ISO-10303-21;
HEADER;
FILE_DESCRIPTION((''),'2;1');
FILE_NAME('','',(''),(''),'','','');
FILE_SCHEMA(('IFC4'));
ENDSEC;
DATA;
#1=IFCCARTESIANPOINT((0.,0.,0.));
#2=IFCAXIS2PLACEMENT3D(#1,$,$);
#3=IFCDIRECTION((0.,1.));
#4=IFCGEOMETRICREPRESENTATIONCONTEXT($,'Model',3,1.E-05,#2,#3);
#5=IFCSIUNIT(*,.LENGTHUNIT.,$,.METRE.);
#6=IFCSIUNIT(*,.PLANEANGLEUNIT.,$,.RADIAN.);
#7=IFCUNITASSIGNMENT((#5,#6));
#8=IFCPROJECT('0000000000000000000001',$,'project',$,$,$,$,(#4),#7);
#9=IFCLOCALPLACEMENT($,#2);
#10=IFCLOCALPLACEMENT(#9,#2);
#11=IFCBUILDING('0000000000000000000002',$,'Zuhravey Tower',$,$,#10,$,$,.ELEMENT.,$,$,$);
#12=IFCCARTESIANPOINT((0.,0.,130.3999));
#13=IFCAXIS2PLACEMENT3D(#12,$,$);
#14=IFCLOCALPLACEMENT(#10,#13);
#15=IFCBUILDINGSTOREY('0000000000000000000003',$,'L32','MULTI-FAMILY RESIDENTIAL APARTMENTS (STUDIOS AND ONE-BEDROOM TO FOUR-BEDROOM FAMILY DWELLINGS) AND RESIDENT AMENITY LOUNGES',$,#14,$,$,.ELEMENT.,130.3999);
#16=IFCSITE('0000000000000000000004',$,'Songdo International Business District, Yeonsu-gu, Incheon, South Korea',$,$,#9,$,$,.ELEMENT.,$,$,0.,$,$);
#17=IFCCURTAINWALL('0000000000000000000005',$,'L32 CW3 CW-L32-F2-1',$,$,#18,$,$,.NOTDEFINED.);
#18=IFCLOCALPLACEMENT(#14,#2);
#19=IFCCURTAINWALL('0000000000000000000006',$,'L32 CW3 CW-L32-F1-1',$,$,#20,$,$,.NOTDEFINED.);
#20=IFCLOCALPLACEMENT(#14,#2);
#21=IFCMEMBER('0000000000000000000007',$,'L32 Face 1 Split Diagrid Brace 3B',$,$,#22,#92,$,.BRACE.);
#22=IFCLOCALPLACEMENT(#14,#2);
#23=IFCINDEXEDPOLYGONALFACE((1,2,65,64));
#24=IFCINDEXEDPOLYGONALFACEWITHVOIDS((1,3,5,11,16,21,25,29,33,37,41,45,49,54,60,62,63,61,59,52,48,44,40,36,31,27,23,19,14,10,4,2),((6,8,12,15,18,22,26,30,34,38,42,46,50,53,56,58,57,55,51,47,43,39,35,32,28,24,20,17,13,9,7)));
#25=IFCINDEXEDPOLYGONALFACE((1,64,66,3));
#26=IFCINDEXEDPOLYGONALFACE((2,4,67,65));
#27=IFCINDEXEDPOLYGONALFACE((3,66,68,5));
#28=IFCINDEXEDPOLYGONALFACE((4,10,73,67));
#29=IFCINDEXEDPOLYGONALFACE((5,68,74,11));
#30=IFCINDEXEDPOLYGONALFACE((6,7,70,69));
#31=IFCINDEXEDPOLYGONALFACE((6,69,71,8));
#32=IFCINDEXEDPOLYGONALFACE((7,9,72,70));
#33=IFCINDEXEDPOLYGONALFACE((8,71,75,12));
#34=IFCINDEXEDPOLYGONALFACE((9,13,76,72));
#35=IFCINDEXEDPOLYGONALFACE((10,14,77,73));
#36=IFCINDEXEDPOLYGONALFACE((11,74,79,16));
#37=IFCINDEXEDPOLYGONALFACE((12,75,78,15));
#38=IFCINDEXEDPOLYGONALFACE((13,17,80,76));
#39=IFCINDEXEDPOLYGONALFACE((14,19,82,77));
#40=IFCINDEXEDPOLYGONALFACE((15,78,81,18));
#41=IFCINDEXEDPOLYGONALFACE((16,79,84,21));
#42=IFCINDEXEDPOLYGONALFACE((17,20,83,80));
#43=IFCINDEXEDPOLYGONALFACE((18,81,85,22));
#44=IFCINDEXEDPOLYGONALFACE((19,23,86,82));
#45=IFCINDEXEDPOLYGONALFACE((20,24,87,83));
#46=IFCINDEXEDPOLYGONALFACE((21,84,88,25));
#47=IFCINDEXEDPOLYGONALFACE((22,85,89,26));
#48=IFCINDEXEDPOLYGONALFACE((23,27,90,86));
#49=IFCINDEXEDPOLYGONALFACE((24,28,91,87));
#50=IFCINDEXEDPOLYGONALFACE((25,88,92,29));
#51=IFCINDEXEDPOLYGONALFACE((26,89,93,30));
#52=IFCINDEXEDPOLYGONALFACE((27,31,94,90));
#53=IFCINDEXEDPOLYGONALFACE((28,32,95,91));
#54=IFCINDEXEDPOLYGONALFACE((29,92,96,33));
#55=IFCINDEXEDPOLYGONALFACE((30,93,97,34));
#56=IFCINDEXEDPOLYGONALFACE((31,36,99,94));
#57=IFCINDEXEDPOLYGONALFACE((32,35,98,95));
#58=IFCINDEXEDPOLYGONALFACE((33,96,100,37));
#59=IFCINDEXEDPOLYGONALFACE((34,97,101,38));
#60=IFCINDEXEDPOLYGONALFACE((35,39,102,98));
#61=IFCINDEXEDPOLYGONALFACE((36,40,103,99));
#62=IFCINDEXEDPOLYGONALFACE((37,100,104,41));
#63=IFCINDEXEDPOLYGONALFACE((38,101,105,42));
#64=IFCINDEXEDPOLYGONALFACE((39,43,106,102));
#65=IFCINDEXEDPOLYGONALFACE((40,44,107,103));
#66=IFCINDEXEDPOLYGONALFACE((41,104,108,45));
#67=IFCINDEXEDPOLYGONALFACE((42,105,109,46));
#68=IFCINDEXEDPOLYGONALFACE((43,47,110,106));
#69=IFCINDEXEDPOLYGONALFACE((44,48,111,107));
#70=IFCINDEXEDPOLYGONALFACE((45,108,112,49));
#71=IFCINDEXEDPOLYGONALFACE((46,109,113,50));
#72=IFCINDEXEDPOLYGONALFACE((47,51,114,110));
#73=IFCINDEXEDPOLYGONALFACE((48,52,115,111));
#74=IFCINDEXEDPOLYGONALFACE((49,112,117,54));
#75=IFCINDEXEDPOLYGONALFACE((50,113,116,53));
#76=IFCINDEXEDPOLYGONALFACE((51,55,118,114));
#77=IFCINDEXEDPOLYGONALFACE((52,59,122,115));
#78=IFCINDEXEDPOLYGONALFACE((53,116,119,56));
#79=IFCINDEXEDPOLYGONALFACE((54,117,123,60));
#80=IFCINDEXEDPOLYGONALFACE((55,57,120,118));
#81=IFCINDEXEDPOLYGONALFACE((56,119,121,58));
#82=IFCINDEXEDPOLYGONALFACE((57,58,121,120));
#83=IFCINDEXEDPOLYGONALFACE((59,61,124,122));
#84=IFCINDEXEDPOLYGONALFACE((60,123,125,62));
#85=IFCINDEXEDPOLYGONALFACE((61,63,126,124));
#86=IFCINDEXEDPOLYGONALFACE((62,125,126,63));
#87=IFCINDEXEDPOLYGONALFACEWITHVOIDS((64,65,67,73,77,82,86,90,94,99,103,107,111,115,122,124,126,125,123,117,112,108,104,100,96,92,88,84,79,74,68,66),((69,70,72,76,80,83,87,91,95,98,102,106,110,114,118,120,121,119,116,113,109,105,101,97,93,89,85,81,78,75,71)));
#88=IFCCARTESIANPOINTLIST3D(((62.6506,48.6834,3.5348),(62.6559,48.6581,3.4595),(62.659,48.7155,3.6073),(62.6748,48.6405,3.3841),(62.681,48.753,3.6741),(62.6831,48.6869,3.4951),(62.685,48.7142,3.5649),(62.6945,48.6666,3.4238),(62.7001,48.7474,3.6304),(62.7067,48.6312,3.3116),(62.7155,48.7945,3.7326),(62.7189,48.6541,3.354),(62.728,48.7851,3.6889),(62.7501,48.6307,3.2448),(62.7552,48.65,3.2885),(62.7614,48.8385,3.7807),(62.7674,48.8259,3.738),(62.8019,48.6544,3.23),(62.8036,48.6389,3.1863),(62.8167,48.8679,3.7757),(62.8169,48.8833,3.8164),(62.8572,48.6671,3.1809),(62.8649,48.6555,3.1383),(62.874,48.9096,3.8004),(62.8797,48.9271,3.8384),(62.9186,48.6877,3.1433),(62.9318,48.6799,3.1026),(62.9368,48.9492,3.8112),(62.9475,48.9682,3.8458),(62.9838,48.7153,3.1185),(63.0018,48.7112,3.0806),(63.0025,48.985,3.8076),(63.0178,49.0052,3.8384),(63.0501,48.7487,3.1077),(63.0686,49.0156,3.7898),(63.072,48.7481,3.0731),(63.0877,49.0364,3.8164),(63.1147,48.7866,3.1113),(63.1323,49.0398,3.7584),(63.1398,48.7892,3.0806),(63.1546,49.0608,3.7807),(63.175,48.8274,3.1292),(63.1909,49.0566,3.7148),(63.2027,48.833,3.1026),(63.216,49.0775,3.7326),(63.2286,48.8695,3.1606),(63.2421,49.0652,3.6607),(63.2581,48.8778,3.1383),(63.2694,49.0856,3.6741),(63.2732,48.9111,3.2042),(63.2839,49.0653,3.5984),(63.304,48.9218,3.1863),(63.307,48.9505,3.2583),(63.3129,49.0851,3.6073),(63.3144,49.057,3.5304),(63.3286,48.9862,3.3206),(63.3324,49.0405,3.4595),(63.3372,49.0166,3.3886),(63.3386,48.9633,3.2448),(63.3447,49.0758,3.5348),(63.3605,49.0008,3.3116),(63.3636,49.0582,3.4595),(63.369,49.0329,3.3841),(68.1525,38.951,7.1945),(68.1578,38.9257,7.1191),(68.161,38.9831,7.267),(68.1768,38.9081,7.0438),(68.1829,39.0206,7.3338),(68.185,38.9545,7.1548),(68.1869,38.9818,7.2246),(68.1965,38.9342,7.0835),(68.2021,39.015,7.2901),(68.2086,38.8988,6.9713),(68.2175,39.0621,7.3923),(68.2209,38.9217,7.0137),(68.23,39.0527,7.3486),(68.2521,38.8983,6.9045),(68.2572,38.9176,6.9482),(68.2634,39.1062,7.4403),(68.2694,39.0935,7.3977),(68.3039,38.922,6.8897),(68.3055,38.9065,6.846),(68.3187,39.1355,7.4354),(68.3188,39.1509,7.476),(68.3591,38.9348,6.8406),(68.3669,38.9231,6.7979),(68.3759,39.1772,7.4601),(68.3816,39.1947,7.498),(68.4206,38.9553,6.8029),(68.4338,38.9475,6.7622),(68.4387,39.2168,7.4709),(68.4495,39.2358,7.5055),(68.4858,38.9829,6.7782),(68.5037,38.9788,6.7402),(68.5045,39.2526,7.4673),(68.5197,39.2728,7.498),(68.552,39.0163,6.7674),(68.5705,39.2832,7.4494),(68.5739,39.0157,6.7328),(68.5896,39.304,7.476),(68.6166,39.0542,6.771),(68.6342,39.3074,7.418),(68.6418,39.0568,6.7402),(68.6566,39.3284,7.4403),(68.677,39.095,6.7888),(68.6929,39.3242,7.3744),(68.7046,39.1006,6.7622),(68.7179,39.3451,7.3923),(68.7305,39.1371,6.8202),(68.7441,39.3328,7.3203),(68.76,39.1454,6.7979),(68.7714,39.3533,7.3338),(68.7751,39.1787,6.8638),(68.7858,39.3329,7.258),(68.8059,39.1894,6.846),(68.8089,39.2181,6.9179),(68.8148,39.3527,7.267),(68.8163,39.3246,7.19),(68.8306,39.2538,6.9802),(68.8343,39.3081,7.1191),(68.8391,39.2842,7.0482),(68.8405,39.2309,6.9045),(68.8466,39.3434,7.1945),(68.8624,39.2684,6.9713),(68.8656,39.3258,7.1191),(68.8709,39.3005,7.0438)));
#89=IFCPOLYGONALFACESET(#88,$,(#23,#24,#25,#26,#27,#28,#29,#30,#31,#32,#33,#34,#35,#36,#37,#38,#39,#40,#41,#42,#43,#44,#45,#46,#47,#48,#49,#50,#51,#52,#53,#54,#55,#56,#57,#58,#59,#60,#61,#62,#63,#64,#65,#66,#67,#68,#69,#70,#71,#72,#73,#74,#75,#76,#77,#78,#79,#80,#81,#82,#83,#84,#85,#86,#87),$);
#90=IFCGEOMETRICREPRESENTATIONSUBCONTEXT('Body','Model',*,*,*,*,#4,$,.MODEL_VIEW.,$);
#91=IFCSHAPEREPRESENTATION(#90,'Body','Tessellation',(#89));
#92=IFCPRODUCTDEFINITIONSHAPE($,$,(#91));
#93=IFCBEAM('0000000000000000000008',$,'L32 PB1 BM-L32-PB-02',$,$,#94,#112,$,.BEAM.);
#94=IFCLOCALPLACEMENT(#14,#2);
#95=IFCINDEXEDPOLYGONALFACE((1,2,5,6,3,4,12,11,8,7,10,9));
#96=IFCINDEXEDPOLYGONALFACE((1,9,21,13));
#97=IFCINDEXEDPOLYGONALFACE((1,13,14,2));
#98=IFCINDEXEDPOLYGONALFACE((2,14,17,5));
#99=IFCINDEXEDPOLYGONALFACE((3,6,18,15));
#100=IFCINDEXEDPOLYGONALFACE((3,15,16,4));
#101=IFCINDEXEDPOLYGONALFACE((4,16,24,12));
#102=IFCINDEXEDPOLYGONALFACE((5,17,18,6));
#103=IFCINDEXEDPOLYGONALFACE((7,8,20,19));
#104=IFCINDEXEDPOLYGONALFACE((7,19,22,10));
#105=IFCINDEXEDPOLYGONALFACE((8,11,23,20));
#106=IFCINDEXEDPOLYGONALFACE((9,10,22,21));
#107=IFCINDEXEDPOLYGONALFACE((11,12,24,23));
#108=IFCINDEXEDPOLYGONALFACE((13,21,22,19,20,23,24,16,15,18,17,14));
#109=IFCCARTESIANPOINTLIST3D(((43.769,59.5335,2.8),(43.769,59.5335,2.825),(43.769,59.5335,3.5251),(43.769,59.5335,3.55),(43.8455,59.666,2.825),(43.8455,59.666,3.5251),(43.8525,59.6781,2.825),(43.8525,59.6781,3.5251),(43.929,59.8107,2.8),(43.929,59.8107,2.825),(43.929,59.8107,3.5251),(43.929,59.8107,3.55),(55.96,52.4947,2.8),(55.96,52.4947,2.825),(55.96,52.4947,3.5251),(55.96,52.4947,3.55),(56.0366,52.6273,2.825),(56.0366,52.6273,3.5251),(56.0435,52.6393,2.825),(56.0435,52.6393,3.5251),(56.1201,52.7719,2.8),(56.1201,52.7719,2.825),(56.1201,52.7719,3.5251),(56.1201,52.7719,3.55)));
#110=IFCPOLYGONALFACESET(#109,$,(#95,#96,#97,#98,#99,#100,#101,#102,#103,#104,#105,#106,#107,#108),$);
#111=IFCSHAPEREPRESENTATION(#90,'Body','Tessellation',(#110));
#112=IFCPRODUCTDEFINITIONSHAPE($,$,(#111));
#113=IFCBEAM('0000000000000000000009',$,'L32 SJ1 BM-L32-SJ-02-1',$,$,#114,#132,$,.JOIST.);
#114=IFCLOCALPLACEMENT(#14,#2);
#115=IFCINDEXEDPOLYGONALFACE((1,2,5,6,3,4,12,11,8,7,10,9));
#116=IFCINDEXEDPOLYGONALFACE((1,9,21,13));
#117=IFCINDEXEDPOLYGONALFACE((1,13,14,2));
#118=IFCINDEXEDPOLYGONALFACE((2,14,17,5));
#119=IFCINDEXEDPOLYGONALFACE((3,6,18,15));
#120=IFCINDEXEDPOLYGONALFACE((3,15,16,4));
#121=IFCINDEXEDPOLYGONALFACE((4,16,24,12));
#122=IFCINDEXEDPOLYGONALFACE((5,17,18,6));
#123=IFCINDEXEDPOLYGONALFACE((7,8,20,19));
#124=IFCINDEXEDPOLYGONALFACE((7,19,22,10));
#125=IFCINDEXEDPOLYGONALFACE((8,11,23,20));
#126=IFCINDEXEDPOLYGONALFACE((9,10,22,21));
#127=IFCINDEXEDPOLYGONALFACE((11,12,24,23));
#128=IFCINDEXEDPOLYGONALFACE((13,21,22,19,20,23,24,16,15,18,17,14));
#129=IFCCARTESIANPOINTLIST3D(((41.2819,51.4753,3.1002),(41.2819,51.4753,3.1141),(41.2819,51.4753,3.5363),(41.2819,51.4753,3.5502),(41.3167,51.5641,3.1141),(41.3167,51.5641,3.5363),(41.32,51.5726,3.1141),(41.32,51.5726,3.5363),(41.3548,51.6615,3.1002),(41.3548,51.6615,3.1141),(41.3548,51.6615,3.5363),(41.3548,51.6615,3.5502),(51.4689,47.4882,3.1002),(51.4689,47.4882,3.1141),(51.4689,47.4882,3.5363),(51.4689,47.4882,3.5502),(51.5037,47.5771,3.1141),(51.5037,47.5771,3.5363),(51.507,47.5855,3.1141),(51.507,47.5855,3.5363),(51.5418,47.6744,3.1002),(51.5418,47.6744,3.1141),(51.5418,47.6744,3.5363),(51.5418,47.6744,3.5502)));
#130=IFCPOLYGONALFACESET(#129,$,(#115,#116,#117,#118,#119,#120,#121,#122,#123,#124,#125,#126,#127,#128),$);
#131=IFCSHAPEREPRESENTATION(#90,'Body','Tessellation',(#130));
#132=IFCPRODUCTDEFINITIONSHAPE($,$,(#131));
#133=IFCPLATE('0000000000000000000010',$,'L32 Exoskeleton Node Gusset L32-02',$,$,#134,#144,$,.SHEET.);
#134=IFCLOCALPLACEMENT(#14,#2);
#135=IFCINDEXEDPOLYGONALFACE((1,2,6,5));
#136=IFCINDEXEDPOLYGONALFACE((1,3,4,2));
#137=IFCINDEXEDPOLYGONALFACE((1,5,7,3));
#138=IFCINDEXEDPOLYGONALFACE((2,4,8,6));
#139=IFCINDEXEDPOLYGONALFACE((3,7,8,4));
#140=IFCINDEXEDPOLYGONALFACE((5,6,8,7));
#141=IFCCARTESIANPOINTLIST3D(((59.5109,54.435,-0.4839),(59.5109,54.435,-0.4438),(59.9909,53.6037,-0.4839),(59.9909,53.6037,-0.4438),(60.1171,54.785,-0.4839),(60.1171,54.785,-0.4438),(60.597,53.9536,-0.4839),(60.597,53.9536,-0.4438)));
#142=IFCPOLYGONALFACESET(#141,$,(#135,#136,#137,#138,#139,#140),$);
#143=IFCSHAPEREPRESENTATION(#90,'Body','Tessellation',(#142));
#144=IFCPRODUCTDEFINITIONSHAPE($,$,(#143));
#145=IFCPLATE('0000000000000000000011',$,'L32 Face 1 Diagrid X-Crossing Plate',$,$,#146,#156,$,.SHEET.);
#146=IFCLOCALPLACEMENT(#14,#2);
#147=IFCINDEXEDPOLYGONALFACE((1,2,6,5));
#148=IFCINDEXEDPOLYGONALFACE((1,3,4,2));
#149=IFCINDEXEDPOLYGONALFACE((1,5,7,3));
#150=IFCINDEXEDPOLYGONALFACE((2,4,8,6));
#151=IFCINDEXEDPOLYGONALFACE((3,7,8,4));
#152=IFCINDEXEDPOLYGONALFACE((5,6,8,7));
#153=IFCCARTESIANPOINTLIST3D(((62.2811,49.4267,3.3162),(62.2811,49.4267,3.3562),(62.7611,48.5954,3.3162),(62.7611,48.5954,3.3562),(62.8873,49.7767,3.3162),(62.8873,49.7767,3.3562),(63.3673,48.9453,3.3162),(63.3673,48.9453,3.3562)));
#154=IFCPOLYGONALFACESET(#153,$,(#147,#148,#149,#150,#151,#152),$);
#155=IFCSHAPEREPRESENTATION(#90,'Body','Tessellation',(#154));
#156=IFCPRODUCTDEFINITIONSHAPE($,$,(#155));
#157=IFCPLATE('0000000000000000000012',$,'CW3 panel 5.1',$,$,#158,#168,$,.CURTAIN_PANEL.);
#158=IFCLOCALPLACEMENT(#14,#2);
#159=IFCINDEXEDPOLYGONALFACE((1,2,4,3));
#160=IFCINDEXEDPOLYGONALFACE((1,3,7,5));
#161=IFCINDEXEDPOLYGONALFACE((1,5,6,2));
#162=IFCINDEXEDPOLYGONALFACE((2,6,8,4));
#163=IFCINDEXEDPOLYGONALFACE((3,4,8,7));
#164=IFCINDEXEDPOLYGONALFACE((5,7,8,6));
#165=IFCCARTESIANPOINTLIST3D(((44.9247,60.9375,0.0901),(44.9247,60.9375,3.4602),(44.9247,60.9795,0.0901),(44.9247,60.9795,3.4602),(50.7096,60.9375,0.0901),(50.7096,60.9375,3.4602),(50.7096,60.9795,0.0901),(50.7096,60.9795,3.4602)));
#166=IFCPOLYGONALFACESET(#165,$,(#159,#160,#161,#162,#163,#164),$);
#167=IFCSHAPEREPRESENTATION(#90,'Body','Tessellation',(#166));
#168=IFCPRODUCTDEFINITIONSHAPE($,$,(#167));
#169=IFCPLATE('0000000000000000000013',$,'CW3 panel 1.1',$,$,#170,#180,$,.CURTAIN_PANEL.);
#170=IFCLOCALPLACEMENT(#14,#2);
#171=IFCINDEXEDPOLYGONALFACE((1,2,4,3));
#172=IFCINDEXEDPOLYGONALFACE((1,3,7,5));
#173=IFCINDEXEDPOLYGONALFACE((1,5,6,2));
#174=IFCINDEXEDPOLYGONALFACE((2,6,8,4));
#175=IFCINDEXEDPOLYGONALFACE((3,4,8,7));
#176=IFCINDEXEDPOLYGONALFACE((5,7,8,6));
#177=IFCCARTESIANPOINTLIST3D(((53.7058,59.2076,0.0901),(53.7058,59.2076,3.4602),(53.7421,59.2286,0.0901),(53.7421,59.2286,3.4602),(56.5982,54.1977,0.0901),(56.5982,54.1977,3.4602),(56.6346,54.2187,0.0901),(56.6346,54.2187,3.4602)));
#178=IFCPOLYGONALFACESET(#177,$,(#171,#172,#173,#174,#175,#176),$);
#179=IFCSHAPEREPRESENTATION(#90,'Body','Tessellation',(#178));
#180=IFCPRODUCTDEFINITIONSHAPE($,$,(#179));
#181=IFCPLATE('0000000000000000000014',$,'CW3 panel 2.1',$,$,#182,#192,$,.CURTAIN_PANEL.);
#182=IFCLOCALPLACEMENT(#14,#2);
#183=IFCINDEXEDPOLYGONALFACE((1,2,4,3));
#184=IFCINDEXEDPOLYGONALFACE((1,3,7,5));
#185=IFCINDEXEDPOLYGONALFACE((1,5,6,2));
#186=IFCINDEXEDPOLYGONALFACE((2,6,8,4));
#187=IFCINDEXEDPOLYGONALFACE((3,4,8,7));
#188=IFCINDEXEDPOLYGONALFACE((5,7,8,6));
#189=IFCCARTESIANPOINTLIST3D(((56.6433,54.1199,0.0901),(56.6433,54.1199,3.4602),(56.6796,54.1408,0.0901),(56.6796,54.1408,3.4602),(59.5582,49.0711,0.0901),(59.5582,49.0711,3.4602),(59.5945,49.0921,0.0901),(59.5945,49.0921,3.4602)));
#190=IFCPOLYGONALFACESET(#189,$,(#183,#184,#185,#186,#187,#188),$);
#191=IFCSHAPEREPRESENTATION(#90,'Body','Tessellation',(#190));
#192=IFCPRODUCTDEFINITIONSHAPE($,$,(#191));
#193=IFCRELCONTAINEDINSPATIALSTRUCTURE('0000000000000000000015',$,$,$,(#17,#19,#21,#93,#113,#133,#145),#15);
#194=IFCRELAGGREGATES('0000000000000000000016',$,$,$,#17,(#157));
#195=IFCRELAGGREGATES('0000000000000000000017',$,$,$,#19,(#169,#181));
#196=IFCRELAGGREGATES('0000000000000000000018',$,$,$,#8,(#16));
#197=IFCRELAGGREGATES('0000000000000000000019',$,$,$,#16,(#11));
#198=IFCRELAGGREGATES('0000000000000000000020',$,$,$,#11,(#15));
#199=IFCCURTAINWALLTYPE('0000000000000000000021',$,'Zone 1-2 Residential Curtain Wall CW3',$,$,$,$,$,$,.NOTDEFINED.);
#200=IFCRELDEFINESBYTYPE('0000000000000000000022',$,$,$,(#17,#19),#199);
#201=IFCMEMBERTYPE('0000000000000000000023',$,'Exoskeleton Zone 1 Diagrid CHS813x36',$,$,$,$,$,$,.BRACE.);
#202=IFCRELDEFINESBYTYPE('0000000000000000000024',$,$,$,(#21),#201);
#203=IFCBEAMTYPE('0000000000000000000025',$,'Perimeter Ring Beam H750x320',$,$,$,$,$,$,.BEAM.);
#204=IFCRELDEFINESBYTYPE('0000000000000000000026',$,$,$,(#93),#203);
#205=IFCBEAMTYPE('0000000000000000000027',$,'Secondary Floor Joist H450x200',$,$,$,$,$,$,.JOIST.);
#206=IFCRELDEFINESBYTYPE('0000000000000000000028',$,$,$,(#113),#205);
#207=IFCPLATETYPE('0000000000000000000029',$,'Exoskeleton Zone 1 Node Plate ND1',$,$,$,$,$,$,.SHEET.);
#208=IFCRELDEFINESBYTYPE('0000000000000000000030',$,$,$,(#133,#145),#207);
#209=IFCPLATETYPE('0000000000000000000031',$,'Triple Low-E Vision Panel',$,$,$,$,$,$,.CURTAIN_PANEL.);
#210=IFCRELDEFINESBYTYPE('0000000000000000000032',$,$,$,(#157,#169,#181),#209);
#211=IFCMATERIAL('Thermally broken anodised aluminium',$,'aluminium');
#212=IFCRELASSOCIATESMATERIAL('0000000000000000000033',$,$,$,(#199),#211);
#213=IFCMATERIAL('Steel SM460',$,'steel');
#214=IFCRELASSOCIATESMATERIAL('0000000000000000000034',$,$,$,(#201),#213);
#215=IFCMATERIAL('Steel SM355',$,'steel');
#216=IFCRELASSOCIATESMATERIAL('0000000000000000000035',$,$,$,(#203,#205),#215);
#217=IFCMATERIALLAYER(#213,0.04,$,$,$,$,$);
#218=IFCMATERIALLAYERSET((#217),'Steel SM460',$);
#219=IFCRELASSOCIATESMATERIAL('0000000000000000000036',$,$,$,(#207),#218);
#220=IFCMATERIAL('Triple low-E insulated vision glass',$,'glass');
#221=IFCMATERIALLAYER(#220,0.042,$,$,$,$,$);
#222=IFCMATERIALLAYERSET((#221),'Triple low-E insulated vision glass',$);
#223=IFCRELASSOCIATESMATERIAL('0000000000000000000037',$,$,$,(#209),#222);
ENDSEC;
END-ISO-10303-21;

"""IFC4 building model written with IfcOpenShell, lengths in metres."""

from ifc_helpers import new_model, si_unit, direction, frame, origin, origin_2d, place, context, subcontext, project, spatial, rectangle, hollow_circle, i_section, extrude, material, layer, layer_set, material_profile, profile_set, type_object, element, aggregate, save


model = new_model("IFC4")

# Units and contexts
model_context = context("Model", 3, precision=1e-05, world=origin(), true_north=direction((0.0, 1.0)))
body_context = subcontext(model_context, "Body", "Model", "MODEL_VIEW")
ifc_project = project(units=[si_unit("LENGTHUNIT", "METRE"), si_unit("PLANEANGLEUNIT", "RADIAN")], contexts=[model_context])

# Site, building, storey
site_placement = place(None, origin())
site = spatial("IfcSite", under=ifc_project, at=site_placement, Name="Songdo International Business District, Yeonsu-gu, Incheon, South Korea", CompositionType="ELEMENT", RefElevation=0.0)
building_placement = place(site_placement, origin())
building = spatial("IfcBuilding", under=site, at=building_placement, Name="Zuhravey Tower", CompositionType="ELEMENT")
storey_placement = place(building_placement, frame((0.0, 0.0, 130.3999)))
storey = spatial("IfcBuildingStorey", under=building, at=storey_placement, Name="L32", Description="MULTI-FAMILY RESIDENTIAL APARTMENTS (STUDIOS AND ONE-BEDROOM TO FOUR-BEDROOM FAMILY DWELLINGS) AND RESIDENT AMENITY LOUNGES", CompositionType="ELEMENT", Elevation=130.3999)

# Curtain wall
ifc_material_1 = material(Name="Thermally broken anodised aluminium", Category="aluminium")
curtain_wall_type = type_object("IfcCurtainWallType", Name="Zone 1-2 Residential Curtain Wall CW3", PredefinedType="NOTDEFINED", material=ifc_material_1)
curtain_wall_1_placement = place(storey_placement, origin())
curtain_wall_1 = element("IfcCurtainWall", 1, at=curtain_wall_1_placement, inside=storey, type_object=curtain_wall_type, Name="L32 CW3 CW-L32-F2-1", PredefinedType="NOTDEFINED")

# Curtain wall
curtain_wall_2_placement = place(storey_placement, origin())
curtain_wall_2 = element("IfcCurtainWall", 2, at=curtain_wall_2_placement, inside=storey, type_object=curtain_wall_type, Name="L32 CW3 CW-L32-F1-1", PredefinedType="NOTDEFINED")

# Member
ifc_material_2 = material(Name="Steel SM460", Category="steel")
ifc_material_profile_1 = material_profile(ifc_material_2, hollow_circle(Radius=0.4065, WallThickness=0.0359, at=origin_2d()), Name="CHS-812.8x36")
ifc_profile_set_1 = profile_set([ifc_material_profile_1], Name="Steel SM460")
member_type_1 = type_object("IfcMemberType", Name="Exoskeleton Zone 1 Diagrid CHS813x36", PredefinedType="BRACE", material=ifc_profile_set_1)
member_1_placement = place(storey_placement, frame((63.0098, 48.8582, 3.4595), z_axis=(0.467706, -0.827326, 0.311098), x_axis=(0.870524, 0.492126, 0.0)))
element("IfcMember", 3, at=member_1_placement, inside=storey, type_object=member_type_1, Name="L32 Face 1 Split Diagrid Brace 3B", PredefinedType="BRACE", context=body_context, shape_type="SweptSolid", body=[
    extrude(hollow_circle(Radius=0.4065, WallThickness=0.0359, at=origin_2d()), origin(), (0.0, 0.0, 1.0), 11.7637),
])

# Beams
ifc_material_3 = material(Name="Steel SM355", Category="steel")
ifc_material_profile_2 = material_profile(ifc_material_3, i_section(OverallWidth=0.3201, OverallDepth=0.75, WebThickness=0.0139, FlangeThickness=0.0249, at=origin_2d()), Name="H-750x320x14x25")
ifc_profile_set_2 = profile_set([ifc_material_profile_2], Name="Steel SM355")
beam_type_1 = type_object("IfcBeamType", Name="Perimeter Ring Beam H750x320", PredefinedType="BEAM", material=ifc_profile_set_2)
beam_1_placement = place(storey_placement, frame((56.04, 52.6333, 3.175), z_axis=(-0.866018, 0.500013, 0.0), x_axis=(-0.500013, -0.866018, 0.0)))
element("IfcBeam", 4, at=beam_1_placement, inside=storey, type_object=beam_type_1, Name="L32 PB1 BM-L32-PB-02", PredefinedType="BEAM", context=body_context, shape_type="SweptSolid", body=[
    extrude(i_section(OverallWidth=0.3201, OverallDepth=0.75, WebThickness=0.0139, FlangeThickness=0.0249, at=origin_2d()), origin(), (0.0, 0.0, 1.0), 14.0771),
])
ifc_material_profile_3 = material_profile(ifc_material_3, i_section(OverallWidth=0.2, OverallDepth=0.45, WebThickness=0.009, FlangeThickness=0.0139, at=origin_2d()), Name="H-450x200x9x14")
ifc_profile_set_3 = profile_set([ifc_material_profile_3], Name="Steel SM355")
beam_type_2 = type_object("IfcBeamType", Name="Secondary Floor Joist H450x200", PredefinedType="JOIST", material=ifc_profile_set_3)
beam_2_placement = place(storey_placement, frame((51.5054, 47.5813, 3.3252), z_axis=(-0.931217, 0.364466, 0.0), x_axis=(-0.364466, -0.931217, 0.0)))
element("IfcBeam", 5, at=beam_2_placement, inside=storey, type_object=beam_type_2, Name="L32 SJ1 BM-L32-SJ-02-1", PredefinedType="JOIST", context=body_context, shape_type="SweptSolid", body=[
    extrude(i_section(OverallWidth=0.2, OverallDepth=0.45, WebThickness=0.009, FlangeThickness=0.0139, at=origin_2d()), origin(), (0.0, 0.0, 1.0), 10.9395),
])

# Plates
ifc_layer_1 = layer(ifc_material_2, 0.04)
ifc_layer_set_1 = layer_set([ifc_layer_1], Name="Steel SM460")
plate_type_1 = type_object("IfcPlateType", Name="Exoskeleton Zone 1 Node Plate ND1", PredefinedType="SHEET", material=ifc_layer_set_1)
for number, where, z_axis, x_axis, name in (
    (6, (60.054, 54.1943, -0.4839), (0.0, 0.0, 1.0), (-0.5, 0.866025, 0.0), "L32 Exoskeleton Node Gusset L32-02"),
    (7, (62.8242, 49.186, 3.3162), (0.0, 0.0, 1.0), (-0.5, 0.866025, 0.0), "L32 Face 1 Diagrid X-Crossing Plate"),
):
    element("IfcPlate", number, at=place(storey_placement, frame(where, z_axis=z_axis, x_axis=x_axis)), inside=storey, type_object=plate_type_1, Name=name, PredefinedType="SHEET", context=body_context, shape_type="SweptSolid", body=[
        extrude(rectangle(XDim=0.96, YDim=0.7, at=origin_2d()), origin(), (0.0, 0.0, 1.0), 0.04),
    ])

# Plates
ifc_material_4 = material(Name="Triple low-E insulated vision glass", Category="glass")
ifc_layer_2 = layer(ifc_material_4, 0.042)
ifc_layer_set_2 = layer_set([ifc_layer_2], Name="Triple low-E insulated vision glass")
plate_type_2 = type_object("IfcPlateType", Name="Triple Low-E Vision Panel", PredefinedType="CURTAIN_PANEL", material=ifc_layer_set_2)
plate_1_placement = place(storey_placement, frame((47.8171, 60.9585, 0.0901), z_axis=(0.0, 0.0, 1.0), x_axis=(1.0, 0.0, 0.0)))
plate_1 = element("IfcPlate", 8, at=plate_1_placement, type_object=plate_type_2, Name="CW3 panel 5.1", PredefinedType="CURTAIN_PANEL", context=body_context, shape_type="SweptSolid", body=[
    extrude(rectangle(XDim=5.7849, YDim=0.042, at=origin_2d()), origin(), (0.0, 0.0, 1.0), 3.3701),
])
aggregate(curtain_wall_1, [plate_1])
plate_2_placement = place(storey_placement, frame((55.1702, 56.7131, 0.0901), z_axis=(0.0, 0.0, 1.0), x_axis=(0.5, -0.866026, 0.0)))
plate_2 = element("IfcPlate", 9, at=plate_2_placement, type_object=plate_type_2, Name="CW3 panel 1.1", PredefinedType="CURTAIN_PANEL", context=body_context, shape_type="SweptSolid", body=[
    extrude(rectangle(XDim=5.7849, YDim=0.042, at=origin_2d()), origin(), (0.0, 0.0, 1.0), 3.3701),
])
plate_3_placement = place(storey_placement, frame((58.1189, 51.606, 0.0901), z_axis=(0.0, 0.0, 1.0), x_axis=(0.5, -0.866026, 0.0)))
plate_3 = element("IfcPlate", 10, at=plate_3_placement, type_object=plate_type_2, Name="CW3 panel 2.1", PredefinedType="CURTAIN_PANEL", context=body_context, shape_type="SweptSolid", body=[
    extrude(rectangle(XDim=5.8298, YDim=0.042, at=origin_2d()), origin(), (0.0, 0.0, 1.0), 3.3701),
])
aggregate(curtain_wall_2, [plate_2, plate_3])

save(model, "model.ifc")
